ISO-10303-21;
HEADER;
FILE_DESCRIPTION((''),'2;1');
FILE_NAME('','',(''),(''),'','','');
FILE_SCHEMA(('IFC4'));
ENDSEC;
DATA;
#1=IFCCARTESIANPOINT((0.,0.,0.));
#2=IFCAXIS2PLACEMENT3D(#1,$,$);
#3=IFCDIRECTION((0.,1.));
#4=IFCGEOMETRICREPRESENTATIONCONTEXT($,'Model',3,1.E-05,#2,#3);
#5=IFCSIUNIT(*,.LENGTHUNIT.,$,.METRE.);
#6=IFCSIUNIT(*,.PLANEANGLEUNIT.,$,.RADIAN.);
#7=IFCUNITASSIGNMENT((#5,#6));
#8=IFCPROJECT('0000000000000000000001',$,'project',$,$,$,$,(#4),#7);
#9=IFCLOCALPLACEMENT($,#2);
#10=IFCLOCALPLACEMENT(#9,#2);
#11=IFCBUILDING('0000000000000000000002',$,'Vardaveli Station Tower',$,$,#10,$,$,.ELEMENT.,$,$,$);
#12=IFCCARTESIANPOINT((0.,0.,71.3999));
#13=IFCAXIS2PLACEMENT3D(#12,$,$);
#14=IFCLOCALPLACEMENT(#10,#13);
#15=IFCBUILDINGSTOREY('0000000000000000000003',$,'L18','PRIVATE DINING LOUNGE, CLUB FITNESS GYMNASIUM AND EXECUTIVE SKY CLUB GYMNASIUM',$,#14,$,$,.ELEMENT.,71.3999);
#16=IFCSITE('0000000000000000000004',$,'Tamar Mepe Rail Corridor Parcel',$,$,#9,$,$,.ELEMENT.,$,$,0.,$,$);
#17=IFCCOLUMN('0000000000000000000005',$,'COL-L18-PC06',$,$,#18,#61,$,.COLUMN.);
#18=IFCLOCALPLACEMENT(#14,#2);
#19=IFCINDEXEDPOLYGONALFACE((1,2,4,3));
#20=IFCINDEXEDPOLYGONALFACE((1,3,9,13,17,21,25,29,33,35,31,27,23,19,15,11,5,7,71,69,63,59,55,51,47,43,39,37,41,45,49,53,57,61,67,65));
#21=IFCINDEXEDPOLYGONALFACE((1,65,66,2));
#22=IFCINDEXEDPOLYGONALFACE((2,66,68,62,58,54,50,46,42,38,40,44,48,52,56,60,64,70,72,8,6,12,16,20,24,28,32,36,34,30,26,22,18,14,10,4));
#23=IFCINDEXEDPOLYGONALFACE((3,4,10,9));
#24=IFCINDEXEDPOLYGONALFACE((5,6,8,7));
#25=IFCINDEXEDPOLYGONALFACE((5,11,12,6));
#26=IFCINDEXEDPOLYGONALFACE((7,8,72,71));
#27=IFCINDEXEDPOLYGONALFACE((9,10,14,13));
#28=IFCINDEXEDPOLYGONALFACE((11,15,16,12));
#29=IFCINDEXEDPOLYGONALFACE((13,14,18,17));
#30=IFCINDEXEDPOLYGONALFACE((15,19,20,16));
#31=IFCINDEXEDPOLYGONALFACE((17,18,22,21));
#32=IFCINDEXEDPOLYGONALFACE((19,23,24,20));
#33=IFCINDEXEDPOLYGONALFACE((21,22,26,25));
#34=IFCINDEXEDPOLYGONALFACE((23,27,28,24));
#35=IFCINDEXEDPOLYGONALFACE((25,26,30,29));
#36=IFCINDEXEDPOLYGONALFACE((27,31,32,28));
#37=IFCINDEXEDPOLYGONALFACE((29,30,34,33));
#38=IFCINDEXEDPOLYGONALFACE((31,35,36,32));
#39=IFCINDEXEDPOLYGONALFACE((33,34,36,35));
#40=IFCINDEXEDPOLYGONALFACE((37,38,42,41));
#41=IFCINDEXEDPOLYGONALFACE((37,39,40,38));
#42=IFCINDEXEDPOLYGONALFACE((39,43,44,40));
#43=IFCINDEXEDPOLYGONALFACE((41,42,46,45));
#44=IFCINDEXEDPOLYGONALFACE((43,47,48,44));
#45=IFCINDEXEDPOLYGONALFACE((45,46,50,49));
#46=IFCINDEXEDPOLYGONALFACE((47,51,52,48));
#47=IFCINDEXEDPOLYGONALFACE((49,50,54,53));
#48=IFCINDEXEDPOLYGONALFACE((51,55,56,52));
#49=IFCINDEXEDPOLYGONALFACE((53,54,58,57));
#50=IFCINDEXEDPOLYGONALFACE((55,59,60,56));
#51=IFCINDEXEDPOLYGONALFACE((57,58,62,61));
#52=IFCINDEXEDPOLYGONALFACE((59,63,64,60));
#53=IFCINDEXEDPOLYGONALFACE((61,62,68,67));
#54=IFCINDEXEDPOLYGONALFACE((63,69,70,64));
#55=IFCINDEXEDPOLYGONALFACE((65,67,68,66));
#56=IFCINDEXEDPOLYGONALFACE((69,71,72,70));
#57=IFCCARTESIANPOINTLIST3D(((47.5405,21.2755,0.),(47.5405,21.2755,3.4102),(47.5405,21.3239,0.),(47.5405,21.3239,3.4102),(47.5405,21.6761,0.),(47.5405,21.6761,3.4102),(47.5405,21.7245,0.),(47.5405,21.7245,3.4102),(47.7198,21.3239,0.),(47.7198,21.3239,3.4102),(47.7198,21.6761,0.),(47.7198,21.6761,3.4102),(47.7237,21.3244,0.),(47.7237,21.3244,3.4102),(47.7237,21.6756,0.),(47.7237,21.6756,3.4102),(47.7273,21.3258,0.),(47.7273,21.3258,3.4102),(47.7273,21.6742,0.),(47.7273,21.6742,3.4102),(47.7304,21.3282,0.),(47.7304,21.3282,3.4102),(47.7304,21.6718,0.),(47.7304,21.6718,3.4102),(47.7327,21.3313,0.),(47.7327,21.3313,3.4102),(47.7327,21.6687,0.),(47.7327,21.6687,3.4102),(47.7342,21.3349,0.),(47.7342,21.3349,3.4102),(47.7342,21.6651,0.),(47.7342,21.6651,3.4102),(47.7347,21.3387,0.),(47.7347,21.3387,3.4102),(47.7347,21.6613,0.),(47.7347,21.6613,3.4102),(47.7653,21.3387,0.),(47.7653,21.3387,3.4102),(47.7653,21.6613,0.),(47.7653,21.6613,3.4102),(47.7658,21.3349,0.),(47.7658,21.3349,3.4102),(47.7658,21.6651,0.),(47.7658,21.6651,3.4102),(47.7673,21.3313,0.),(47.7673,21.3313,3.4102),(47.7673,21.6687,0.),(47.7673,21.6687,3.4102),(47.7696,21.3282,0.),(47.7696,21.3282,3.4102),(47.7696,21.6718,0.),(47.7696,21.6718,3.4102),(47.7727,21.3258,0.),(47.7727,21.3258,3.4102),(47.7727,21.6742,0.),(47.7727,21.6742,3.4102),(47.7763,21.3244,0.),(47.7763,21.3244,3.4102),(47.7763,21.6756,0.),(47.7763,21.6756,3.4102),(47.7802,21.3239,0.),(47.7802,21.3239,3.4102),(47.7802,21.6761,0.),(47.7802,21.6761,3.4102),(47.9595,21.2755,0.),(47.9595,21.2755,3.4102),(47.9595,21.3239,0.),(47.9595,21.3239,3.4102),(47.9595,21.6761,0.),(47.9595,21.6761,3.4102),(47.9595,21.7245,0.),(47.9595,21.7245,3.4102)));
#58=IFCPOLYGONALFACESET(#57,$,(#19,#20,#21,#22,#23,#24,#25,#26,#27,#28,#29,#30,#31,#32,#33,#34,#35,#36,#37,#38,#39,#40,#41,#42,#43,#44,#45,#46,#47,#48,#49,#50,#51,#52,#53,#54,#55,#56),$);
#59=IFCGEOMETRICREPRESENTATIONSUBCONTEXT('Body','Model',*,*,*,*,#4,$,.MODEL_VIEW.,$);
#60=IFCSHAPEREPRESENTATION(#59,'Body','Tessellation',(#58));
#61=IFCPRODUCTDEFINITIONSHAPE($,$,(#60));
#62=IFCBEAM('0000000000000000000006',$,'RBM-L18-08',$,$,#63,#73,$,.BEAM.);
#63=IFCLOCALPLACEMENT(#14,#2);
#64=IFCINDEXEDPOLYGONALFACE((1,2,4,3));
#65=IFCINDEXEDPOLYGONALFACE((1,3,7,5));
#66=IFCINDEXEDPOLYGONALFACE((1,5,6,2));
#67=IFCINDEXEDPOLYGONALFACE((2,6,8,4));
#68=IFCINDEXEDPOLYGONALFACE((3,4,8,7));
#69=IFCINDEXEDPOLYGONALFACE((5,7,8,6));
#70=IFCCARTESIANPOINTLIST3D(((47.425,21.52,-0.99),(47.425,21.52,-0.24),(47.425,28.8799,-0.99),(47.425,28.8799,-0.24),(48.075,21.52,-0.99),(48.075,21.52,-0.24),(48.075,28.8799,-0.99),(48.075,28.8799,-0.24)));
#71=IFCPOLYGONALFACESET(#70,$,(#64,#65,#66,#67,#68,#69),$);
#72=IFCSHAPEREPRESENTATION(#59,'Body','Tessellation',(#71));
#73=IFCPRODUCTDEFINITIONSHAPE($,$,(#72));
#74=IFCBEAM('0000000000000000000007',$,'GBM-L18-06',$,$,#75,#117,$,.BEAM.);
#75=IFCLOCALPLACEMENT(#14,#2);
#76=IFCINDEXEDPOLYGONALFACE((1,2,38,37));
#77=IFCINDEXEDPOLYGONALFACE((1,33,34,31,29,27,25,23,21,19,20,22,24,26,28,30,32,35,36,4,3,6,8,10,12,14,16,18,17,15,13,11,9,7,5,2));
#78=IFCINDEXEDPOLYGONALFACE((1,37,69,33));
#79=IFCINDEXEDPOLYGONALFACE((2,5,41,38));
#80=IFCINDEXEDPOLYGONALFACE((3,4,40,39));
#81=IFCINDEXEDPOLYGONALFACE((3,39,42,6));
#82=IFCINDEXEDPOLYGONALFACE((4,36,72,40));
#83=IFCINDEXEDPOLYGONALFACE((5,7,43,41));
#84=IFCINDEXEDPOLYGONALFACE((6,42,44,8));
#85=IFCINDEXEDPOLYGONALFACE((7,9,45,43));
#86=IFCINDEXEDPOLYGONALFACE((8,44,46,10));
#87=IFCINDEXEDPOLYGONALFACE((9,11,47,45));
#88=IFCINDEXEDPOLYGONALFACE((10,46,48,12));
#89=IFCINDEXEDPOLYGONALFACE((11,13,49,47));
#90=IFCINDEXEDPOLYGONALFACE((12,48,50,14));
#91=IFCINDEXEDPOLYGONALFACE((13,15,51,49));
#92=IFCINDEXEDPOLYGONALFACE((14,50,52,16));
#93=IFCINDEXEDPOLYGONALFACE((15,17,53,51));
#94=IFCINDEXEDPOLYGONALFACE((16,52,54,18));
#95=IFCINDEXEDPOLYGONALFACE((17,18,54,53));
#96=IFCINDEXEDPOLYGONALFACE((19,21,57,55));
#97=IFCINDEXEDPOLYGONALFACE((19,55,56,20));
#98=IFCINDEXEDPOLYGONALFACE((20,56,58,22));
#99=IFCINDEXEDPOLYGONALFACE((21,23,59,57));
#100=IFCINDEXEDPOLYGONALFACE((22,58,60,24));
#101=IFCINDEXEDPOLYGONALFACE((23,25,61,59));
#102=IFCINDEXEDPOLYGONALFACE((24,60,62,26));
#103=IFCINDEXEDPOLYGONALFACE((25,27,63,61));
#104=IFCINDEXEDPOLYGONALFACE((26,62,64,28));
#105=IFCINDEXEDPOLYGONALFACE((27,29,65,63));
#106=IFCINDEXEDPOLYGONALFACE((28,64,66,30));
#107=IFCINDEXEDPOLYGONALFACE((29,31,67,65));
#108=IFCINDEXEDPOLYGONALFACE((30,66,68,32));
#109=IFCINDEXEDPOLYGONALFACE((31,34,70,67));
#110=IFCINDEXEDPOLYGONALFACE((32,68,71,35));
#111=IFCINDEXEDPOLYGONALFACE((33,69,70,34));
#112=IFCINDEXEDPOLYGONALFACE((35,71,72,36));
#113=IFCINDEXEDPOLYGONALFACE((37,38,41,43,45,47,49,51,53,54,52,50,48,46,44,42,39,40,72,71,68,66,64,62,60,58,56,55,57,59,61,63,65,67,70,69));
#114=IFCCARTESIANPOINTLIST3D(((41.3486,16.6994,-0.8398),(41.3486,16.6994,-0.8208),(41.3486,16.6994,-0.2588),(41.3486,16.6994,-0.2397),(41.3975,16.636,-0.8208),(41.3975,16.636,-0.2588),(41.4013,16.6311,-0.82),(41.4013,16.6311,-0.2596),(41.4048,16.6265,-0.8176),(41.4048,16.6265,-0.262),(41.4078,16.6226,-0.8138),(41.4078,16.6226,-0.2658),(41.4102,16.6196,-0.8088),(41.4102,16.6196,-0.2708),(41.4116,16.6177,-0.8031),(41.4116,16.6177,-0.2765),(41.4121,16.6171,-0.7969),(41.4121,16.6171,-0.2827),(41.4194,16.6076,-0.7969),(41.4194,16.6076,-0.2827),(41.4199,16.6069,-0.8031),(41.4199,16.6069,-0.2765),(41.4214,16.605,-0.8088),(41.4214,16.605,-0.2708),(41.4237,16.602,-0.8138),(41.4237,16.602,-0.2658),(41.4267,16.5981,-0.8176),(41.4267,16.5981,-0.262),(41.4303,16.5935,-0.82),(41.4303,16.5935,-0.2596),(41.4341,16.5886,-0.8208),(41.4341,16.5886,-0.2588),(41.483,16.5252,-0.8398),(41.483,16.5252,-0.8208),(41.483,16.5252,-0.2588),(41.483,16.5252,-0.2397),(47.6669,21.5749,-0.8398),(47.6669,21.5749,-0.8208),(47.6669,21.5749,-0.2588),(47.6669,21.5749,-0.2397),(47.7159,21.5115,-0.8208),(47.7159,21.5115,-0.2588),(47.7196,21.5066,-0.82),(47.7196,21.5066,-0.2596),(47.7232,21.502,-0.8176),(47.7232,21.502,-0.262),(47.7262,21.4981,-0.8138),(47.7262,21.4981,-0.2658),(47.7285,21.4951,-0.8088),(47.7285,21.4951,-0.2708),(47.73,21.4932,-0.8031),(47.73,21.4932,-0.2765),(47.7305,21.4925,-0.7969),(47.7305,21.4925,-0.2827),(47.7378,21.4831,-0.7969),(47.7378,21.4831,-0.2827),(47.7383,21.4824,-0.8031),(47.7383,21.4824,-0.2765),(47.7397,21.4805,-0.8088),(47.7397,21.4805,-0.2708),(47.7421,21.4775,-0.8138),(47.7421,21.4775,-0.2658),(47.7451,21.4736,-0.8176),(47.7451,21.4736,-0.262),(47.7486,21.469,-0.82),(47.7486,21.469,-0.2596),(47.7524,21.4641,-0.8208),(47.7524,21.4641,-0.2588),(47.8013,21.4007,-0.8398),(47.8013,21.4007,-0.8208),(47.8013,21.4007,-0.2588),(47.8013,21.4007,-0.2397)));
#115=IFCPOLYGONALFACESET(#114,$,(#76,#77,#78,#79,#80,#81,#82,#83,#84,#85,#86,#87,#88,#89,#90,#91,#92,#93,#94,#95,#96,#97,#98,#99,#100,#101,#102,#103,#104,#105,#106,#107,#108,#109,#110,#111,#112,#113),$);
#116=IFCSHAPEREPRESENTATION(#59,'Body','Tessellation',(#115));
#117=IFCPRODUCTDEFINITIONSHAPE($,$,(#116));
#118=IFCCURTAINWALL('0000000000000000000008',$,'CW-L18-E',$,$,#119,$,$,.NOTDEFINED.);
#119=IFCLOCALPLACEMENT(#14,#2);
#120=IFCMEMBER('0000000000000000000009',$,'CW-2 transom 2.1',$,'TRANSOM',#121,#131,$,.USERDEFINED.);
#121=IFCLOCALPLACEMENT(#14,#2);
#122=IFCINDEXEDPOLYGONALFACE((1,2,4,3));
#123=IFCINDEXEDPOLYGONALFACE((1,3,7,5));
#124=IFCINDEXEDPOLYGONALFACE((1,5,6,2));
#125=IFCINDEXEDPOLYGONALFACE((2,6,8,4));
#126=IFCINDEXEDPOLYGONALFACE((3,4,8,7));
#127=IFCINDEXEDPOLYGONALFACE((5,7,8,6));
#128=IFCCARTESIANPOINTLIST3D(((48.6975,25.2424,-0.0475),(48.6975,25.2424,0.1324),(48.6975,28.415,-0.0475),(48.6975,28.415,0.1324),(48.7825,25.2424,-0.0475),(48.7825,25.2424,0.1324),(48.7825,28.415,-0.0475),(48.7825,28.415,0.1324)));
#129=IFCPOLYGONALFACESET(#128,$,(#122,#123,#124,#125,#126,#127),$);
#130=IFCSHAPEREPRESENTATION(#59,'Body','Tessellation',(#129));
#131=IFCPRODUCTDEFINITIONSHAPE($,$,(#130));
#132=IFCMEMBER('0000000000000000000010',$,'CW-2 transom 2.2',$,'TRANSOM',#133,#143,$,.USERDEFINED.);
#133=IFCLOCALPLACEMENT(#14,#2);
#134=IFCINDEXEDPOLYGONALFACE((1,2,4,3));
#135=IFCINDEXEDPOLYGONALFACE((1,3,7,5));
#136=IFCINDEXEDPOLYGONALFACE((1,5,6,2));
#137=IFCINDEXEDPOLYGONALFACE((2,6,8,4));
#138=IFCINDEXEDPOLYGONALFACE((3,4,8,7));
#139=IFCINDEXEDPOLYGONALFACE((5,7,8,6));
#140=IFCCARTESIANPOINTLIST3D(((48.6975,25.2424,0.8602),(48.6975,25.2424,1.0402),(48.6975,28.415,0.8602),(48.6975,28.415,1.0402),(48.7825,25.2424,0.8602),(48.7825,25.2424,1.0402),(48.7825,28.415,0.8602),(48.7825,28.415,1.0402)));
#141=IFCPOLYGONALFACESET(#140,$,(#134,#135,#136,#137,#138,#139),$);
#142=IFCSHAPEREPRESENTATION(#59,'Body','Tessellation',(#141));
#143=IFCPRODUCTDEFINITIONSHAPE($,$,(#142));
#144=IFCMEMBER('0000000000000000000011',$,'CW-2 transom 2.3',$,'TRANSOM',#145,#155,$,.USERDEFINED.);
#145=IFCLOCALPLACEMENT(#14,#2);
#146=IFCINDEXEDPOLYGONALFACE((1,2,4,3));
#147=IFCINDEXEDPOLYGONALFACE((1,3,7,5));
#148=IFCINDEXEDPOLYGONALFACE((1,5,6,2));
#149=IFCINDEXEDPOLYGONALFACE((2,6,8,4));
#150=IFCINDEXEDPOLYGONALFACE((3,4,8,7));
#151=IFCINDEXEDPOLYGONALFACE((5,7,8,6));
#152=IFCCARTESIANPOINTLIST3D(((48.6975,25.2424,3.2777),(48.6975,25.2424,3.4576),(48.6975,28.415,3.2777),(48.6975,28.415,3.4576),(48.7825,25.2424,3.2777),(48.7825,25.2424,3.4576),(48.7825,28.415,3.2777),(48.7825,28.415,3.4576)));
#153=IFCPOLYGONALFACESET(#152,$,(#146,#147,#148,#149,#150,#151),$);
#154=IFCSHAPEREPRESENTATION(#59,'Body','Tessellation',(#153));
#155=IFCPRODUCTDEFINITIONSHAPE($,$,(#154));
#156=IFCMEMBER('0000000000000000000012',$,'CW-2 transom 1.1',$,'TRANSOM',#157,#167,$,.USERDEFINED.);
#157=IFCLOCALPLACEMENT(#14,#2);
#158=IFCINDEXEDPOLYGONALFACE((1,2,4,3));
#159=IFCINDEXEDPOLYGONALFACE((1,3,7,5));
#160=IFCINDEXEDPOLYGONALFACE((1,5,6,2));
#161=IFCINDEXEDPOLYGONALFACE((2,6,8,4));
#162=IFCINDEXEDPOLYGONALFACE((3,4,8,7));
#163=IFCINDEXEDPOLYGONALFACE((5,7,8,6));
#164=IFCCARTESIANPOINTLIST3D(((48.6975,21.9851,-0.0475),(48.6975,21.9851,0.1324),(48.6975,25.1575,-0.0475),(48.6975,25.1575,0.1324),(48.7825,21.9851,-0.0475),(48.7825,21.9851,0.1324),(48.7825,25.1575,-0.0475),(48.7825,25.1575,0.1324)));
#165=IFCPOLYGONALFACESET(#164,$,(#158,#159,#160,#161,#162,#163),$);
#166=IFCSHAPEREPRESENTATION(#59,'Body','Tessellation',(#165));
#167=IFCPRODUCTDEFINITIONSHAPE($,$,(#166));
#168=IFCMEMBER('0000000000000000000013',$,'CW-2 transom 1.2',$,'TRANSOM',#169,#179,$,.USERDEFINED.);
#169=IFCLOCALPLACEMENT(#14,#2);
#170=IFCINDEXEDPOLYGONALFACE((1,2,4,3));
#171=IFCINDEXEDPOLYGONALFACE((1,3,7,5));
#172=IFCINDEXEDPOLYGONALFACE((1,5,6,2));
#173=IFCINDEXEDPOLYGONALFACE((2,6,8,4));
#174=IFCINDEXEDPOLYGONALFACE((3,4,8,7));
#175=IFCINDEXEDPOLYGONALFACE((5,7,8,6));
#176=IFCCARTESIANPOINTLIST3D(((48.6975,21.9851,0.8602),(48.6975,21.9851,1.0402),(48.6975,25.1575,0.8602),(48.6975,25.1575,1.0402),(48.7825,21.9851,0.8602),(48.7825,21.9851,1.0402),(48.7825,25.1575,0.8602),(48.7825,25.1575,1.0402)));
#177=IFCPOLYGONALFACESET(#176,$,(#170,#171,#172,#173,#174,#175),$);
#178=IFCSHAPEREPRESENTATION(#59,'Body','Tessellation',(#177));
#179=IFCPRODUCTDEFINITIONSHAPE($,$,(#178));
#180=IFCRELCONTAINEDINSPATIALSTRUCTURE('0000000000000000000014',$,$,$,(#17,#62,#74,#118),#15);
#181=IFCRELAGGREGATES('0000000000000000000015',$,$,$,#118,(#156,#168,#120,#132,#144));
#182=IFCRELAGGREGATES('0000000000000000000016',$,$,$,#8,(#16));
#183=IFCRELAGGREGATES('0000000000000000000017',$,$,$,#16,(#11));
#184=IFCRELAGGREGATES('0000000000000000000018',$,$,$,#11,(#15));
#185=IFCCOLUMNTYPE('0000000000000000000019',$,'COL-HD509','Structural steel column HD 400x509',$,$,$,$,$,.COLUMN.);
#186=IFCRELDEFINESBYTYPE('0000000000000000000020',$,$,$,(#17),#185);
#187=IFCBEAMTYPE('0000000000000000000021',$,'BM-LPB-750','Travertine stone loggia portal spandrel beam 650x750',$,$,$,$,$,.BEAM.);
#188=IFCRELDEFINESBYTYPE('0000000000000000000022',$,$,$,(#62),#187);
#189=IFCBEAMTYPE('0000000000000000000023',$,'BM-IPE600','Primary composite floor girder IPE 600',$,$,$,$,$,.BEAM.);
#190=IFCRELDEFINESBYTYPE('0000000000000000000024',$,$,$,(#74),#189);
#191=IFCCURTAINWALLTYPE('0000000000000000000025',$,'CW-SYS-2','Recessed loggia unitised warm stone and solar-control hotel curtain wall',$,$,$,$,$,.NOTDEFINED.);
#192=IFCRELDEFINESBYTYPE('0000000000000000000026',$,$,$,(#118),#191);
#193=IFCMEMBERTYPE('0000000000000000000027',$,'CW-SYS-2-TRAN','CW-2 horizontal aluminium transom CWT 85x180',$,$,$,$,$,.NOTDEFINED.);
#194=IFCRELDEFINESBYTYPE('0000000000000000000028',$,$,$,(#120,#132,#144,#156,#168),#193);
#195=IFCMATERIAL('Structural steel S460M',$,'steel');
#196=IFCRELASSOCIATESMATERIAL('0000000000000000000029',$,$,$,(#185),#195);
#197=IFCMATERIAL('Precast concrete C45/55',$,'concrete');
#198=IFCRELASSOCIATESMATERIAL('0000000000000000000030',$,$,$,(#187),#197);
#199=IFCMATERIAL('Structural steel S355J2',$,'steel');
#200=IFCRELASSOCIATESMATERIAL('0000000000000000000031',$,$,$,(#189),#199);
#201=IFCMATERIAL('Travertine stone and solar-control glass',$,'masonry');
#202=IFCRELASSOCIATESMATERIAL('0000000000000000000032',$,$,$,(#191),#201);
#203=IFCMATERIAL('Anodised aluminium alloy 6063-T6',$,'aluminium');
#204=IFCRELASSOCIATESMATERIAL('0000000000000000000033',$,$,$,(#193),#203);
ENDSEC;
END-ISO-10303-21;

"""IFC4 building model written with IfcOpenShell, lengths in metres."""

from ifc_helpers import new_model, si_unit, direction, frame, origin, origin_2d, place, context, subcontext, project, spatial, rectangle, i_section, extrude, source, transform, mapped, material, material_profile, profile_set, type_object, element, aggregate, save


model = new_model("IFC4")

# Units and contexts
model_context = context("Model", 3, precision=1e-05, world=origin(), true_north=direction((0.0, 1.0)))
body_context = subcontext(model_context, "Body", "Model", "MODEL_VIEW")
ifc_project = project(units=[si_unit("LENGTHUNIT", "METRE"), si_unit("PLANEANGLEUNIT", "RADIAN")], contexts=[model_context])

# Site, building, storey
site_placement = place(None, origin())
site = spatial("IfcSite", under=ifc_project, at=site_placement, Name="Tamar Mepe Rail Corridor Parcel", CompositionType="ELEMENT", RefElevation=0.0)
building_placement = place(site_placement, origin())
building = spatial("IfcBuilding", under=site, at=building_placement, Name="Vardaveli Station Tower", CompositionType="ELEMENT")
storey_placement = place(building_placement, frame((0.0, 0.0, 71.3999)))
storey = spatial("IfcBuildingStorey", under=building, at=storey_placement, Name="L18", Description="PRIVATE DINING LOUNGE, CLUB FITNESS GYMNASIUM AND EXECUTIVE SKY CLUB GYMNASIUM", CompositionType="ELEMENT", Elevation=71.3999)

# Column
ifc_material_1 = material(Name="Structural steel S460M", Category="steel")
ifc_material_profile_1 = material_profile(ifc_material_1, i_section(OverallWidth=0.4189, OverallDepth=0.449, WebThickness=0.0305, FlangeThickness=0.0483, FilletRadius=0.0149, at=origin_2d()), Name="HD 400x509")
ifc_profile_set_1 = profile_set([ifc_material_profile_1], Name="Structural steel S460M")
column_type = type_object("IfcColumnType", Name="COL-HD509", Description="Structural steel column HD 400x509", PredefinedType="COLUMN", material=ifc_profile_set_1)
shared_shape_1 = source(origin(), body_context, "Body", "SweptSolid", [
    extrude(i_section(OverallWidth=0.4189, OverallDepth=0.449, WebThickness=0.0305, FlangeThickness=0.0483, FilletRadius=0.0149, at=origin_2d()), origin(), (0.0, 0.0, 1.0), 3.4102),
])
column_placement = place(storey_placement, frame((47.75, 21.5, 0.0), z_axis=(0.0, 0.0, 1.0), x_axis=(1.0, 0.0, 0.0)))
element("IfcColumn", 1, at=column_placement, inside=storey, type_object=column_type, Name="COL-L18-PC06", PredefinedType="COLUMN", context=body_context, shape_type="MappedRepresentation", body=[
    mapped(shared_shape_1, transform((0.0, 0.0, 0.0), scale=1.0)),
])

# Beams
ifc_material_2 = material(Name="Precast concrete C45/55", Category="concrete")
ifc_material_profile_2 = material_profile(ifc_material_2, rectangle(XDim=0.6499, YDim=0.75, at=origin_2d()), Name="LPB 650x750")
ifc_profile_set_2 = profile_set([ifc_material_profile_2], Name="Precast concrete C45/55")
beam_type_1 = type_object("IfcBeamType", Name="BM-LPB-750", Description="Travertine stone loggia portal spandrel beam 650x750", PredefinedType="BEAM", material=ifc_profile_set_2)
shared_shape_2 = source(origin(), body_context, "Body", "SweptSolid", [
    extrude(rectangle(XDim=0.6499, YDim=0.75, at=origin_2d()), origin(), (0.0, 0.0, 1.0), 7.3599),
])
beam_1_placement = place(storey_placement, frame((47.75, 21.52, -0.615), z_axis=(0.0, 1.0, 0.0), x_axis=(-1.0, 0.0, 0.0)))
element("IfcBeam", 2, at=beam_1_placement, inside=storey, type_object=beam_type_1, Name="RBM-L18-08", PredefinedType="BEAM", context=body_context, shape_type="MappedRepresentation", body=[
    mapped(shared_shape_2, transform((0.0, 0.0, 0.0), scale=1.0)),
])
ifc_material_3 = material(Name="Structural steel S355J2", Category="steel")
ifc_material_profile_3 = material_profile(ifc_material_3, i_section(OverallWidth=0.22, OverallDepth=0.6001, WebThickness=0.012, FlangeThickness=0.019, FilletRadius=0.0239, at=origin_2d()), Name="IPE 600")
ifc_profile_set_3 = profile_set([ifc_material_profile_3], Name="Structural steel S355J2")
beam_type_2 = type_object("IfcBeamType", Name="BM-IPE600", Description="Primary composite floor girder IPE 600", PredefinedType="BEAM", material=ifc_profile_set_3)
shared_shape_3 = source(origin(), body_context, "Body", "SweptSolid", [
    extrude(i_section(OverallWidth=0.22, OverallDepth=0.6001, WebThickness=0.012, FlangeThickness=0.019, FilletRadius=0.0239, at=origin_2d()), origin(), (0.0, 0.0, 1.0), 7.9807),
])
beam_2_placement = place(storey_placement, frame((47.7341, 21.4878, -0.5398), z_axis=(-0.791702, -0.610908, 0.0), x_axis=(0.610908, -0.791702, 0.0)))
element("IfcBeam", 3, at=beam_2_placement, inside=storey, type_object=beam_type_2, Name="GBM-L18-06", PredefinedType="BEAM", context=body_context, shape_type="MappedRepresentation", body=[
    mapped(shared_shape_3, transform((0.0, 0.0, 0.0), scale=1.0)),
])

# Curtain wall, members
ifc_material_4 = material(Name="Travertine stone and solar-control glass", Category="masonry")
curtain_wall_type = type_object("IfcCurtainWallType", Name="CW-SYS-2", Description="Recessed loggia unitised warm stone and solar-control hotel curtain wall", PredefinedType="NOTDEFINED", material=ifc_material_4)
curtain_wall_placement = place(storey_placement, origin())
curtain_wall = element("IfcCurtainWall", 4, at=curtain_wall_placement, inside=storey, type_object=curtain_wall_type, Name="CW-L18-E", PredefinedType="NOTDEFINED")
ifc_material_5 = material(Name="Anodised aluminium alloy 6063-T6", Category="aluminium")
ifc_material_profile_4 = material_profile(ifc_material_5, rectangle(XDim=0.085, YDim=0.1799, at=origin_2d()), Name="CWT 85x180")
ifc_profile_set_4 = profile_set([ifc_material_profile_4], Name="Anodised aluminium alloy 6063-T6")
member_type_1 = type_object("IfcMemberType", Name="CW-SYS-2-TRAN", Description="CW-2 horizontal aluminium transom CWT 85x180", PredefinedType="NOTDEFINED", material=ifc_profile_set_4)
shared_shape_4 = source(origin(), body_context, "Body", "SweptSolid", [
    extrude(rectangle(XDim=0.085, YDim=0.1799, at=origin_2d()), origin(), (0.0, 0.0, 1.0), 3.1726),
])
member_1_placement = place(storey_placement, frame((48.74, 25.2424, 0.0425), z_axis=(0.0, 1.0, 0.0), x_axis=(-1.0, 0.0, 0.0)))
member_1 = element("IfcMember", 5, at=member_1_placement, type_object=member_type_1, Name="CW-2 transom 2.1", ObjectType="TRANSOM", PredefinedType="USERDEFINED", context=body_context, shape_type="MappedRepresentation", body=[
    mapped(shared_shape_4, transform((0.0, 0.0, 0.0), scale=1.0)),
])
member_2_placement = place(storey_placement, frame((48.74, 25.2424, 0.9502), z_axis=(0.0, 1.0, 0.0), x_axis=(-1.0, 0.0, 0.0)))
member_2 = element("IfcMember", 6, at=member_2_placement, type_object=member_type_1, Name="CW-2 transom 2.2", ObjectType="TRANSOM", PredefinedType="USERDEFINED", context=body_context, shape_type="MappedRepresentation", body=[
    mapped(shared_shape_4, transform((0.0, 0.0, 0.0), scale=1.0)),
])
member_3_placement = place(storey_placement, frame((48.74, 25.2424, 3.3677), z_axis=(0.0, 1.0, 0.0), x_axis=(-1.0, 0.0, 0.0)))
member_3 = element("IfcMember", 7, at=member_3_placement, type_object=member_type_1, Name="CW-2 transom 2.3", ObjectType="TRANSOM", PredefinedType="USERDEFINED", context=body_context, shape_type="MappedRepresentation", body=[
    mapped(shared_shape_4, transform((0.0, 0.0, 0.0), scale=1.0)),
])
shared_shape_5 = source(origin(), body_context, "Body", "SweptSolid", [
    extrude(rectangle(XDim=0.085, YDim=0.1799, at=origin_2d()), origin(), (0.0, 0.0, 1.0), 3.1724),
])
member_4_placement = place(storey_placement, frame((48.74, 21.9851, 0.0425), z_axis=(0.0, 1.0, 0.0), x_axis=(-1.0, 0.0, 0.0)))
member_4 = element("IfcMember", 8, at=member_4_placement, type_object=member_type_1, Name="CW-2 transom 1.1", ObjectType="TRANSOM", PredefinedType="USERDEFINED", context=body_context, shape_type="MappedRepresentation", body=[
    mapped(shared_shape_5, transform((0.0, 0.0, 0.0), scale=1.0)),
])
member_5_placement = place(storey_placement, frame((48.74, 21.9851, 0.9502), z_axis=(0.0, 1.0, 0.0), x_axis=(-1.0, 0.0, 0.0)))
member_5 = element("IfcMember", 9, at=member_5_placement, type_object=member_type_1, Name="CW-2 transom 1.2", ObjectType="TRANSOM", PredefinedType="USERDEFINED", context=body_context, shape_type="MappedRepresentation", body=[
    mapped(shared_shape_5, transform((0.0, 0.0, 0.0), scale=1.0)),
])
aggregate(curtain_wall, [member_4, member_5, member_1, member_2, member_3])

save(model, "model.ifc")
